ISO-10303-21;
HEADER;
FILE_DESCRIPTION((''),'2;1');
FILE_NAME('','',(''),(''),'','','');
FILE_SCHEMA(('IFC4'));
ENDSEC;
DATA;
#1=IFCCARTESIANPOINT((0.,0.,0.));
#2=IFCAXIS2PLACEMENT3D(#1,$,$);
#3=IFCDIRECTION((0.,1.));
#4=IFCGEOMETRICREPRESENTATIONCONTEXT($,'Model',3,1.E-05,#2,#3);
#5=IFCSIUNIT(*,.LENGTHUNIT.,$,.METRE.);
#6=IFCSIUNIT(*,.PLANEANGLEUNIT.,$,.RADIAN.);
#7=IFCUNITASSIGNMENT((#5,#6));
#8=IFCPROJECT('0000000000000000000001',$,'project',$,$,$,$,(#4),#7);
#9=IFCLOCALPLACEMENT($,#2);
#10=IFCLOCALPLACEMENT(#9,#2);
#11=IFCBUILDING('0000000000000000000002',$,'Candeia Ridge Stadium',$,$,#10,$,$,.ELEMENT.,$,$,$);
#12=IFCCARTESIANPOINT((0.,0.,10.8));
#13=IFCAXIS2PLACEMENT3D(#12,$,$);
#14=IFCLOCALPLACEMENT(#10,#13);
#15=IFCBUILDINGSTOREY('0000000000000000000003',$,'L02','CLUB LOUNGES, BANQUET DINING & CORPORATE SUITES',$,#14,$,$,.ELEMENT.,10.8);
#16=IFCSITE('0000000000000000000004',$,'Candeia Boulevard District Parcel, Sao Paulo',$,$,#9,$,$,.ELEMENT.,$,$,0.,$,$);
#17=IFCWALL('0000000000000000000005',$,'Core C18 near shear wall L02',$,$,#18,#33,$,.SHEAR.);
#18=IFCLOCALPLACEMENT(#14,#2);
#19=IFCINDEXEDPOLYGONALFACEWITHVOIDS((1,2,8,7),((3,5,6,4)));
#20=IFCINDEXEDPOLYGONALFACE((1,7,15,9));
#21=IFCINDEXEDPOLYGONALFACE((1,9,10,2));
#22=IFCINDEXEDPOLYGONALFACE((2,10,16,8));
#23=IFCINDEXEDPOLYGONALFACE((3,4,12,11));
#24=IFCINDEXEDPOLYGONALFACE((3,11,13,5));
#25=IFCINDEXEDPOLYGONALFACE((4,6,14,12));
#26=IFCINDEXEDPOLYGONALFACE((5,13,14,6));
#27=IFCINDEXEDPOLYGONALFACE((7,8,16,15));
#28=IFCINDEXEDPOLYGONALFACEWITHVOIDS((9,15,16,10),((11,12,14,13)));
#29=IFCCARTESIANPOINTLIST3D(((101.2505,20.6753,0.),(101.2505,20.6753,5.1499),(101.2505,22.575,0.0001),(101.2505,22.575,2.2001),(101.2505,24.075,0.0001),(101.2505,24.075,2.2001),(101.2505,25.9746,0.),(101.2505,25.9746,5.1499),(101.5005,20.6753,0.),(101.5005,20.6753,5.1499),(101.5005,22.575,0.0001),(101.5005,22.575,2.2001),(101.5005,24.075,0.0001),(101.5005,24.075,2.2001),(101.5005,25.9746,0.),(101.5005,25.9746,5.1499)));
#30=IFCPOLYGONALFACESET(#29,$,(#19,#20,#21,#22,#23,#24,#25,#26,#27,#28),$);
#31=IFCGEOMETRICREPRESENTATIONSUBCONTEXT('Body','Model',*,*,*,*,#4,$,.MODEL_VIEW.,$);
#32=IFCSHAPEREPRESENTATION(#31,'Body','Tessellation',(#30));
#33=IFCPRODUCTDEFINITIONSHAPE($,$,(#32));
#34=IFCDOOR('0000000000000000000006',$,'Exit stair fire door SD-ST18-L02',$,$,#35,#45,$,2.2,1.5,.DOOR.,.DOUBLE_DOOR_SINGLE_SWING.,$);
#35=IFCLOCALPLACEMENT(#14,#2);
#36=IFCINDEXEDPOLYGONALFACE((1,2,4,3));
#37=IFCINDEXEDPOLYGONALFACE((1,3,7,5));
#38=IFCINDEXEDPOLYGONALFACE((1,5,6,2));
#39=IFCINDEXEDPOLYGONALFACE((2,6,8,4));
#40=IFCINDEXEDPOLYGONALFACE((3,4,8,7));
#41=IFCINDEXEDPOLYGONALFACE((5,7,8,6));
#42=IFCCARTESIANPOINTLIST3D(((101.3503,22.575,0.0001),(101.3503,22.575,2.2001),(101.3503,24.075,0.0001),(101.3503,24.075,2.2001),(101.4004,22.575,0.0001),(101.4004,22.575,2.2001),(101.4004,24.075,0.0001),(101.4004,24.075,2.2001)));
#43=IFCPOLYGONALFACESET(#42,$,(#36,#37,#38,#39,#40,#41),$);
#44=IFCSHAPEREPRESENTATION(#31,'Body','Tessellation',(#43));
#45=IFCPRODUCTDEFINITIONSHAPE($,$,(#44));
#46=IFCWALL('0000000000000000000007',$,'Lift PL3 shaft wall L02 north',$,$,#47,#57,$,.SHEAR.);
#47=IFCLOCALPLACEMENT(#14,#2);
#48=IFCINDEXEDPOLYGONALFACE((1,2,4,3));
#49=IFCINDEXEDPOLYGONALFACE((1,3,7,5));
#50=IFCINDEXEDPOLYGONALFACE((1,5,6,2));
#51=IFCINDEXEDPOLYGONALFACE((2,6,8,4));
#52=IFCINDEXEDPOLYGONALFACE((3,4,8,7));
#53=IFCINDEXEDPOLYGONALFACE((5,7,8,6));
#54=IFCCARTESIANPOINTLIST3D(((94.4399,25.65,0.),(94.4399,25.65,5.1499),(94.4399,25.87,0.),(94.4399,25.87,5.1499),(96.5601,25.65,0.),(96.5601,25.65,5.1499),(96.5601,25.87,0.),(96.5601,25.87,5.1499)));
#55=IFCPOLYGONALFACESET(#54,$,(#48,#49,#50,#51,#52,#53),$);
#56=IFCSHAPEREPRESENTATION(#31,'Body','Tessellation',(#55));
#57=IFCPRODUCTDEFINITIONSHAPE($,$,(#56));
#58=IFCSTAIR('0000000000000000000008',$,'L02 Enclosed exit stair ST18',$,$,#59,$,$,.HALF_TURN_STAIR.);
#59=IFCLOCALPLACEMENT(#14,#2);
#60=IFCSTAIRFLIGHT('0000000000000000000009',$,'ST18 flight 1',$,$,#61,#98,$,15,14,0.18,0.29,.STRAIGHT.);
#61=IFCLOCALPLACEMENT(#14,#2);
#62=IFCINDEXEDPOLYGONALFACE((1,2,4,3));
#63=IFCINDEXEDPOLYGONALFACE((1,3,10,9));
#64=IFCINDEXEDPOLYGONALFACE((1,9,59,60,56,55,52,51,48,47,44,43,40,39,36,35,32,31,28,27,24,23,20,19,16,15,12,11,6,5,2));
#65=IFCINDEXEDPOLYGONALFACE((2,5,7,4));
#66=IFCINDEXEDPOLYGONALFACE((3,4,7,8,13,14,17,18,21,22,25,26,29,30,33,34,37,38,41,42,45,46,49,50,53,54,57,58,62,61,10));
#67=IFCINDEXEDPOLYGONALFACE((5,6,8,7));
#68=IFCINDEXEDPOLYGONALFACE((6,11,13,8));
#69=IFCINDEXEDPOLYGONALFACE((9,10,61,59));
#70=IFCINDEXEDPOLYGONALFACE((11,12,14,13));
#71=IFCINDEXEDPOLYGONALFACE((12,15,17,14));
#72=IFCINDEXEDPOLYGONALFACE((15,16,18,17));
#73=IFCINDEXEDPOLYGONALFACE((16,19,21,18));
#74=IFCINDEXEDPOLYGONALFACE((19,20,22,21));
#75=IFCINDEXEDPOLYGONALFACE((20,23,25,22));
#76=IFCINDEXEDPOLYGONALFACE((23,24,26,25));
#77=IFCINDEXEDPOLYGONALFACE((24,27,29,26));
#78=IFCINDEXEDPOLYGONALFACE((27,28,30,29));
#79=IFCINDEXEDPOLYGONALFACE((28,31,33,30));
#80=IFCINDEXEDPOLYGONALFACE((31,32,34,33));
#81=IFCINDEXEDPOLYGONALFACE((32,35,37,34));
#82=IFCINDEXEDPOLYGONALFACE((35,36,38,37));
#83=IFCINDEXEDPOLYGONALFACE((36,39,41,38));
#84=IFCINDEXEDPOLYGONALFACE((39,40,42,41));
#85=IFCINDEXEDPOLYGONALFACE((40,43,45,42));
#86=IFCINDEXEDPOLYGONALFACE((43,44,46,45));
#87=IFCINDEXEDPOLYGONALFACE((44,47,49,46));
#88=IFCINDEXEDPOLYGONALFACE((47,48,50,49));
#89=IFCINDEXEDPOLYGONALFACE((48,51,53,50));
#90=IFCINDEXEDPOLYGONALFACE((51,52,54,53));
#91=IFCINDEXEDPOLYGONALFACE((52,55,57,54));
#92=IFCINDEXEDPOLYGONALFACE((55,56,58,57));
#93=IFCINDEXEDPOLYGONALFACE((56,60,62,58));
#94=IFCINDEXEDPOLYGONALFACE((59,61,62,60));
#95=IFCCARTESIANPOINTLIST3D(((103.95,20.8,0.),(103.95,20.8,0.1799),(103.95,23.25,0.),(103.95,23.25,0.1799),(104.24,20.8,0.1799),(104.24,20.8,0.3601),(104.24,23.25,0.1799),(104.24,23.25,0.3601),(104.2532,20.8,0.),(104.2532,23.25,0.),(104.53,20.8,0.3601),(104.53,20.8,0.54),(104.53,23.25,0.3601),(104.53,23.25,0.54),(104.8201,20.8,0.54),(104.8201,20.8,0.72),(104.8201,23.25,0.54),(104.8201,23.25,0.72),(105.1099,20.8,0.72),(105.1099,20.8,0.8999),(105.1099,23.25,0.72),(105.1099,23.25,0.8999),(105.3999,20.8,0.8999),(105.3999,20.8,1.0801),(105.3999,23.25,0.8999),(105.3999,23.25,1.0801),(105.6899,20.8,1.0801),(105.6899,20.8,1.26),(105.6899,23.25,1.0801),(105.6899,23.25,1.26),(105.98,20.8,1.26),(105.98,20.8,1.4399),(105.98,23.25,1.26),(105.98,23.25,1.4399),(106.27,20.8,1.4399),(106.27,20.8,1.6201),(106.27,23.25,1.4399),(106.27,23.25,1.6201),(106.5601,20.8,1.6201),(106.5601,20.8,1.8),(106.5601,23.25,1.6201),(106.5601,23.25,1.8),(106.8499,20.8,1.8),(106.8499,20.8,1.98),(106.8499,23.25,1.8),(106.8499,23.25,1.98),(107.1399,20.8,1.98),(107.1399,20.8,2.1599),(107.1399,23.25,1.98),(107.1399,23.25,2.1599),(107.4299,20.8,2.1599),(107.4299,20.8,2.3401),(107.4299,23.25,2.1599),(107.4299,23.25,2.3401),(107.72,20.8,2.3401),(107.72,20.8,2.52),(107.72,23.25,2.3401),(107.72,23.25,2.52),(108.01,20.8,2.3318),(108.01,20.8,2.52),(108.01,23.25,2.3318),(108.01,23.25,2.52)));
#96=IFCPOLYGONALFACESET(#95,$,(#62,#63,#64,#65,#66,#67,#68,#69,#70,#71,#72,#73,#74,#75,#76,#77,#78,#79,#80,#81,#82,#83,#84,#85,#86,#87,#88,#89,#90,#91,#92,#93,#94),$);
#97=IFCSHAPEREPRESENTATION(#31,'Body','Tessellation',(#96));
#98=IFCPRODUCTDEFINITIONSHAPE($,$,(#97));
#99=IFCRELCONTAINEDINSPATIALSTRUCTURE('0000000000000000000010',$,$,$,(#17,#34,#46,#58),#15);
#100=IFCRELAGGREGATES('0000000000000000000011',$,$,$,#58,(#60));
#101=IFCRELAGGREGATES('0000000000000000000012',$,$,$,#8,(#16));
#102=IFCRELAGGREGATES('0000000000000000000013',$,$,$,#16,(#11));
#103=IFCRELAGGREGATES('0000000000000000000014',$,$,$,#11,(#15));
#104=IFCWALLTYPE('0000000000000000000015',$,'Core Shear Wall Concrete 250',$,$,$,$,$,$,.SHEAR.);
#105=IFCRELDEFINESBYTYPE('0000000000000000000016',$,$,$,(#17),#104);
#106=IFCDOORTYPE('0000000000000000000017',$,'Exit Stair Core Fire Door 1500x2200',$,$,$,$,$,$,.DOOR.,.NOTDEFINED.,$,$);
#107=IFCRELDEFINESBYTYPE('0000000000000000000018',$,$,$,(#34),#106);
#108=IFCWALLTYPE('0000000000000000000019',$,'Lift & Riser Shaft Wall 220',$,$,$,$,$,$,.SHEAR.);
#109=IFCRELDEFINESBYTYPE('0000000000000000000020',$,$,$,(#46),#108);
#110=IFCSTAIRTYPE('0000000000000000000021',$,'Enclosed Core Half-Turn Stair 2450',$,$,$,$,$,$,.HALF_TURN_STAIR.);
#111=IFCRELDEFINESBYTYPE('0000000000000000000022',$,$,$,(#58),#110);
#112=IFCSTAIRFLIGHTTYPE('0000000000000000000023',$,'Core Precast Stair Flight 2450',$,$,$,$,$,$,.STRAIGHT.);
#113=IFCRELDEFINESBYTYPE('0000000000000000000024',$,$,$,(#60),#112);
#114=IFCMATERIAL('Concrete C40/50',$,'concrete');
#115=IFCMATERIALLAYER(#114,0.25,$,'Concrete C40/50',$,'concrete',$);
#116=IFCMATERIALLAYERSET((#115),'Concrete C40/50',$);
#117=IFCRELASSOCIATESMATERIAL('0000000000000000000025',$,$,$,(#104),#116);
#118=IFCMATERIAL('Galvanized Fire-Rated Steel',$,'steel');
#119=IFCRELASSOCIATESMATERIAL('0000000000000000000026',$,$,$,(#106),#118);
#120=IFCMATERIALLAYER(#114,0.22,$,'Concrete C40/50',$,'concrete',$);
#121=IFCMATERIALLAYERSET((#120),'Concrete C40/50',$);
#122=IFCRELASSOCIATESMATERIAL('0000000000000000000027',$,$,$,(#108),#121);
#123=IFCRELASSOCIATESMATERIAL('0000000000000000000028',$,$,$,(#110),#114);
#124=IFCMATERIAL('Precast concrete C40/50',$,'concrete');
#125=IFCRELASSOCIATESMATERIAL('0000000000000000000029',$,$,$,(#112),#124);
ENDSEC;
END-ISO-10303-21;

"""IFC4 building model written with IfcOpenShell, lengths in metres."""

from ifc_helpers import new_model, si_unit, direction, frame, frame_2d, origin, place, context, subcontext, project, spatial, polyline, rectangle, outline, extrude, material, layer, layer_set, type_object, element, fill, aggregate, save


model = new_model("IFC4")

# Units and contexts
model_context = context("Model", 3, precision=1e-05, world=origin(), true_north=direction((0.0, 1.0)))
body_context = subcontext(model_context, "Body", "Model", "MODEL_VIEW")
ifc_project = project(units=[si_unit("LENGTHUNIT", "METRE"), si_unit("PLANEANGLEUNIT", "RADIAN")], contexts=[model_context])

# Site, building, storey
site_placement = place(None, origin())
site = spatial("IfcSite", under=ifc_project, at=site_placement, Name="Candeia Boulevard District Parcel, Sao Paulo", CompositionType="ELEMENT", RefElevation=0.0)
building_placement = place(site_placement, origin())
building = spatial("IfcBuilding", under=site, at=building_placement, Name="Candeia Ridge Stadium", CompositionType="ELEMENT")
storey_placement = place(building_placement, frame((0.0, 0.0, 10.8)))
storey = spatial("IfcBuildingStorey", under=building, at=storey_placement, Name="L02", Description="CLUB LOUNGES, BANQUET DINING & CORPORATE SUITES", CompositionType="ELEMENT", Elevation=10.8)

# Shared definitions
ifc_material_1 = material(Name="Concrete C40/50", Category="concrete")

# Shared definitions
ifc_layer_1 = layer(ifc_material_1, 0.25, Name="Concrete C40/50", Category="concrete")
ifc_layer_set_1 = layer_set([ifc_layer_1], Name="Concrete C40/50")
wall_type_1 = type_object("IfcWallType", Name="Core Shear Wall Concrete 250", PredefinedType="SHEAR", material=ifc_layer_set_1)

# Wall, opening, door
wall_1_placement = place(storey_placement, frame((101.3755, 25.9746, 0.0), z_axis=(0.0, 0.0, 1.0), x_axis=(0.0, -1.0, 0.0)))
wall_1 = element("IfcWall", 1, at=wall_1_placement, inside=storey, type_object=wall_type_1, Name="Core C18 near shear wall L02", PredefinedType="SHEAR", context=body_context, shape_type="SweptSolid", body=[
    extrude(rectangle(XDim=5.2993, YDim=0.25, at=frame_2d((2.6497, 0.0))), origin(), (0.0, 0.0, 1.0), 5.1499),
])
opening_placement = place(wall_1_placement, frame((1.8997, 0.0, 0.0)))
opening = element("IfcOpeningElement", 2, at=opening_placement, cuts=wall_1, PredefinedType="OPENING", context=body_context, shape_type="SweptSolid", body=[
    extrude(rectangle(XDim=1.5, YDim=2.2, at=frame_2d((0.75, 1.1001))), frame((0.0, 0.135, 0.0), z_axis=(0.0, -1.0, 0.0), x_axis=(1.0, 0.0, 0.0)), (0.0, 0.0, 1.0), 0.27),
])
ifc_material_2 = material(Name="Galvanized Fire-Rated Steel", Category="steel")
door_type = type_object("IfcDoorType", Name="Exit Stair Core Fire Door 1500x2200", OperationType="NOTDEFINED", PredefinedType="DOOR", material=ifc_material_2)
door_placement = place(opening_placement, origin())
door = element("IfcDoor", 3, at=door_placement, inside=storey, type_object=door_type, Name="Exit stair fire door SD-ST18-L02", OperationType="DOUBLE_DOOR_SINGLE_SWING", OverallHeight=2.2, OverallWidth=1.5, PredefinedType="DOOR", context=body_context, shape_type="SweptSolid", body=[
    extrude(rectangle(XDim=1.5, YDim=2.2, at=frame_2d((0.75, 1.1001))), frame((0.0, 0.0249, 0.0), z_axis=(0.0, -1.0, 0.0), x_axis=(1.0, 0.0, 0.0)), (0.0, 0.0, 1.0), 0.05),
])
fill(opening, door)

# Wall
ifc_layer_2 = layer(ifc_material_1, 0.22, Name="Concrete C40/50", Category="concrete")
ifc_layer_set_2 = layer_set([ifc_layer_2], Name="Concrete C40/50")
wall_type_2 = type_object("IfcWallType", Name="Lift & Riser Shaft Wall 220", PredefinedType="SHEAR", material=ifc_layer_set_2)
wall_2_placement = place(storey_placement, frame((96.5601, 25.76, 0.0), z_axis=(0.0, 0.0, 1.0), x_axis=(-1.0, 0.0, 0.0)))
element("IfcWall", 4, at=wall_2_placement, inside=storey, type_object=wall_type_2, Name="Lift PL3 shaft wall L02 north", PredefinedType="SHEAR", context=body_context, shape_type="SweptSolid", body=[
    extrude(rectangle(XDim=2.1201, YDim=0.22, at=frame_2d((1.0601, 0.0))), origin(), (0.0, 0.0, 1.0), 5.1499),
])

# Stair, stair flight
stair_type = type_object("IfcStairType", Name="Enclosed Core Half-Turn Stair 2450", PredefinedType="HALF_TURN_STAIR", material=ifc_material_1)
stair_placement = place(storey_placement, origin())
stair = element("IfcStair", 5, at=stair_placement, inside=storey, type_object=stair_type, Name="L02 Enclosed exit stair ST18", PredefinedType="HALF_TURN_STAIR")
ifc_material_3 = material(Name="Precast concrete C40/50", Category="concrete")
stair_flight_type = type_object("IfcStairFlightType", Name="Core Precast Stair Flight 2450", PredefinedType="STRAIGHT", material=ifc_material_3)
stair_flight_placement = place(storey_placement, frame((103.95, 22.0249, 0.0), z_axis=(0.0, 0.0, 1.0), x_axis=(1.0, 0.0, 0.0)))
stair_flight = element("IfcStairFlight", 6, at=stair_flight_placement, type_object=stair_flight_type, Name="ST18 flight 1", NumberOfRisers=15, NumberOfTreads=14, PredefinedType="STRAIGHT", RiserHeight=0.18, TreadLength=0.29, context=body_context, shape_type="SweptSolid", body=[
    extrude(outline(polyline([(0.0, 0.0), (0.0, 0.1799), (0.29, 0.1799), (0.29, 0.3601), (0.5801, 0.3601), (0.5801, 0.54), (0.8701, 0.54), (0.8701, 0.72), (1.1599, 0.72), (1.1599, 0.8999), (1.45, 0.8999), (1.45, 1.0801), (1.74, 1.0801), (1.74, 1.26), (2.03, 1.26), (2.03, 1.4399), (2.3201, 1.4399), (2.3201, 1.6201), (2.6101, 1.6201), (2.6101, 1.8), (2.8999, 1.8), (2.8999, 1.98), (3.1899, 1.98), (3.1899, 2.1599), (3.48, 2.1599), (3.48, 2.3401), (3.77, 2.3401), (3.77, 2.52), (4.0601, 2.52), (4.0601, 2.7), (4.0601, 2.3318), (0.3032, 0.0), (0.0, 0.0)])), frame((0.0, 1.2251, 0.0), z_axis=(0.0, -1.0, 0.0), x_axis=(1.0, 0.0, 0.0)), (0.0, 0.0, 1.0), 2.45),
])
aggregate(stair, [stair_flight])

save(model, "model.ifc")
